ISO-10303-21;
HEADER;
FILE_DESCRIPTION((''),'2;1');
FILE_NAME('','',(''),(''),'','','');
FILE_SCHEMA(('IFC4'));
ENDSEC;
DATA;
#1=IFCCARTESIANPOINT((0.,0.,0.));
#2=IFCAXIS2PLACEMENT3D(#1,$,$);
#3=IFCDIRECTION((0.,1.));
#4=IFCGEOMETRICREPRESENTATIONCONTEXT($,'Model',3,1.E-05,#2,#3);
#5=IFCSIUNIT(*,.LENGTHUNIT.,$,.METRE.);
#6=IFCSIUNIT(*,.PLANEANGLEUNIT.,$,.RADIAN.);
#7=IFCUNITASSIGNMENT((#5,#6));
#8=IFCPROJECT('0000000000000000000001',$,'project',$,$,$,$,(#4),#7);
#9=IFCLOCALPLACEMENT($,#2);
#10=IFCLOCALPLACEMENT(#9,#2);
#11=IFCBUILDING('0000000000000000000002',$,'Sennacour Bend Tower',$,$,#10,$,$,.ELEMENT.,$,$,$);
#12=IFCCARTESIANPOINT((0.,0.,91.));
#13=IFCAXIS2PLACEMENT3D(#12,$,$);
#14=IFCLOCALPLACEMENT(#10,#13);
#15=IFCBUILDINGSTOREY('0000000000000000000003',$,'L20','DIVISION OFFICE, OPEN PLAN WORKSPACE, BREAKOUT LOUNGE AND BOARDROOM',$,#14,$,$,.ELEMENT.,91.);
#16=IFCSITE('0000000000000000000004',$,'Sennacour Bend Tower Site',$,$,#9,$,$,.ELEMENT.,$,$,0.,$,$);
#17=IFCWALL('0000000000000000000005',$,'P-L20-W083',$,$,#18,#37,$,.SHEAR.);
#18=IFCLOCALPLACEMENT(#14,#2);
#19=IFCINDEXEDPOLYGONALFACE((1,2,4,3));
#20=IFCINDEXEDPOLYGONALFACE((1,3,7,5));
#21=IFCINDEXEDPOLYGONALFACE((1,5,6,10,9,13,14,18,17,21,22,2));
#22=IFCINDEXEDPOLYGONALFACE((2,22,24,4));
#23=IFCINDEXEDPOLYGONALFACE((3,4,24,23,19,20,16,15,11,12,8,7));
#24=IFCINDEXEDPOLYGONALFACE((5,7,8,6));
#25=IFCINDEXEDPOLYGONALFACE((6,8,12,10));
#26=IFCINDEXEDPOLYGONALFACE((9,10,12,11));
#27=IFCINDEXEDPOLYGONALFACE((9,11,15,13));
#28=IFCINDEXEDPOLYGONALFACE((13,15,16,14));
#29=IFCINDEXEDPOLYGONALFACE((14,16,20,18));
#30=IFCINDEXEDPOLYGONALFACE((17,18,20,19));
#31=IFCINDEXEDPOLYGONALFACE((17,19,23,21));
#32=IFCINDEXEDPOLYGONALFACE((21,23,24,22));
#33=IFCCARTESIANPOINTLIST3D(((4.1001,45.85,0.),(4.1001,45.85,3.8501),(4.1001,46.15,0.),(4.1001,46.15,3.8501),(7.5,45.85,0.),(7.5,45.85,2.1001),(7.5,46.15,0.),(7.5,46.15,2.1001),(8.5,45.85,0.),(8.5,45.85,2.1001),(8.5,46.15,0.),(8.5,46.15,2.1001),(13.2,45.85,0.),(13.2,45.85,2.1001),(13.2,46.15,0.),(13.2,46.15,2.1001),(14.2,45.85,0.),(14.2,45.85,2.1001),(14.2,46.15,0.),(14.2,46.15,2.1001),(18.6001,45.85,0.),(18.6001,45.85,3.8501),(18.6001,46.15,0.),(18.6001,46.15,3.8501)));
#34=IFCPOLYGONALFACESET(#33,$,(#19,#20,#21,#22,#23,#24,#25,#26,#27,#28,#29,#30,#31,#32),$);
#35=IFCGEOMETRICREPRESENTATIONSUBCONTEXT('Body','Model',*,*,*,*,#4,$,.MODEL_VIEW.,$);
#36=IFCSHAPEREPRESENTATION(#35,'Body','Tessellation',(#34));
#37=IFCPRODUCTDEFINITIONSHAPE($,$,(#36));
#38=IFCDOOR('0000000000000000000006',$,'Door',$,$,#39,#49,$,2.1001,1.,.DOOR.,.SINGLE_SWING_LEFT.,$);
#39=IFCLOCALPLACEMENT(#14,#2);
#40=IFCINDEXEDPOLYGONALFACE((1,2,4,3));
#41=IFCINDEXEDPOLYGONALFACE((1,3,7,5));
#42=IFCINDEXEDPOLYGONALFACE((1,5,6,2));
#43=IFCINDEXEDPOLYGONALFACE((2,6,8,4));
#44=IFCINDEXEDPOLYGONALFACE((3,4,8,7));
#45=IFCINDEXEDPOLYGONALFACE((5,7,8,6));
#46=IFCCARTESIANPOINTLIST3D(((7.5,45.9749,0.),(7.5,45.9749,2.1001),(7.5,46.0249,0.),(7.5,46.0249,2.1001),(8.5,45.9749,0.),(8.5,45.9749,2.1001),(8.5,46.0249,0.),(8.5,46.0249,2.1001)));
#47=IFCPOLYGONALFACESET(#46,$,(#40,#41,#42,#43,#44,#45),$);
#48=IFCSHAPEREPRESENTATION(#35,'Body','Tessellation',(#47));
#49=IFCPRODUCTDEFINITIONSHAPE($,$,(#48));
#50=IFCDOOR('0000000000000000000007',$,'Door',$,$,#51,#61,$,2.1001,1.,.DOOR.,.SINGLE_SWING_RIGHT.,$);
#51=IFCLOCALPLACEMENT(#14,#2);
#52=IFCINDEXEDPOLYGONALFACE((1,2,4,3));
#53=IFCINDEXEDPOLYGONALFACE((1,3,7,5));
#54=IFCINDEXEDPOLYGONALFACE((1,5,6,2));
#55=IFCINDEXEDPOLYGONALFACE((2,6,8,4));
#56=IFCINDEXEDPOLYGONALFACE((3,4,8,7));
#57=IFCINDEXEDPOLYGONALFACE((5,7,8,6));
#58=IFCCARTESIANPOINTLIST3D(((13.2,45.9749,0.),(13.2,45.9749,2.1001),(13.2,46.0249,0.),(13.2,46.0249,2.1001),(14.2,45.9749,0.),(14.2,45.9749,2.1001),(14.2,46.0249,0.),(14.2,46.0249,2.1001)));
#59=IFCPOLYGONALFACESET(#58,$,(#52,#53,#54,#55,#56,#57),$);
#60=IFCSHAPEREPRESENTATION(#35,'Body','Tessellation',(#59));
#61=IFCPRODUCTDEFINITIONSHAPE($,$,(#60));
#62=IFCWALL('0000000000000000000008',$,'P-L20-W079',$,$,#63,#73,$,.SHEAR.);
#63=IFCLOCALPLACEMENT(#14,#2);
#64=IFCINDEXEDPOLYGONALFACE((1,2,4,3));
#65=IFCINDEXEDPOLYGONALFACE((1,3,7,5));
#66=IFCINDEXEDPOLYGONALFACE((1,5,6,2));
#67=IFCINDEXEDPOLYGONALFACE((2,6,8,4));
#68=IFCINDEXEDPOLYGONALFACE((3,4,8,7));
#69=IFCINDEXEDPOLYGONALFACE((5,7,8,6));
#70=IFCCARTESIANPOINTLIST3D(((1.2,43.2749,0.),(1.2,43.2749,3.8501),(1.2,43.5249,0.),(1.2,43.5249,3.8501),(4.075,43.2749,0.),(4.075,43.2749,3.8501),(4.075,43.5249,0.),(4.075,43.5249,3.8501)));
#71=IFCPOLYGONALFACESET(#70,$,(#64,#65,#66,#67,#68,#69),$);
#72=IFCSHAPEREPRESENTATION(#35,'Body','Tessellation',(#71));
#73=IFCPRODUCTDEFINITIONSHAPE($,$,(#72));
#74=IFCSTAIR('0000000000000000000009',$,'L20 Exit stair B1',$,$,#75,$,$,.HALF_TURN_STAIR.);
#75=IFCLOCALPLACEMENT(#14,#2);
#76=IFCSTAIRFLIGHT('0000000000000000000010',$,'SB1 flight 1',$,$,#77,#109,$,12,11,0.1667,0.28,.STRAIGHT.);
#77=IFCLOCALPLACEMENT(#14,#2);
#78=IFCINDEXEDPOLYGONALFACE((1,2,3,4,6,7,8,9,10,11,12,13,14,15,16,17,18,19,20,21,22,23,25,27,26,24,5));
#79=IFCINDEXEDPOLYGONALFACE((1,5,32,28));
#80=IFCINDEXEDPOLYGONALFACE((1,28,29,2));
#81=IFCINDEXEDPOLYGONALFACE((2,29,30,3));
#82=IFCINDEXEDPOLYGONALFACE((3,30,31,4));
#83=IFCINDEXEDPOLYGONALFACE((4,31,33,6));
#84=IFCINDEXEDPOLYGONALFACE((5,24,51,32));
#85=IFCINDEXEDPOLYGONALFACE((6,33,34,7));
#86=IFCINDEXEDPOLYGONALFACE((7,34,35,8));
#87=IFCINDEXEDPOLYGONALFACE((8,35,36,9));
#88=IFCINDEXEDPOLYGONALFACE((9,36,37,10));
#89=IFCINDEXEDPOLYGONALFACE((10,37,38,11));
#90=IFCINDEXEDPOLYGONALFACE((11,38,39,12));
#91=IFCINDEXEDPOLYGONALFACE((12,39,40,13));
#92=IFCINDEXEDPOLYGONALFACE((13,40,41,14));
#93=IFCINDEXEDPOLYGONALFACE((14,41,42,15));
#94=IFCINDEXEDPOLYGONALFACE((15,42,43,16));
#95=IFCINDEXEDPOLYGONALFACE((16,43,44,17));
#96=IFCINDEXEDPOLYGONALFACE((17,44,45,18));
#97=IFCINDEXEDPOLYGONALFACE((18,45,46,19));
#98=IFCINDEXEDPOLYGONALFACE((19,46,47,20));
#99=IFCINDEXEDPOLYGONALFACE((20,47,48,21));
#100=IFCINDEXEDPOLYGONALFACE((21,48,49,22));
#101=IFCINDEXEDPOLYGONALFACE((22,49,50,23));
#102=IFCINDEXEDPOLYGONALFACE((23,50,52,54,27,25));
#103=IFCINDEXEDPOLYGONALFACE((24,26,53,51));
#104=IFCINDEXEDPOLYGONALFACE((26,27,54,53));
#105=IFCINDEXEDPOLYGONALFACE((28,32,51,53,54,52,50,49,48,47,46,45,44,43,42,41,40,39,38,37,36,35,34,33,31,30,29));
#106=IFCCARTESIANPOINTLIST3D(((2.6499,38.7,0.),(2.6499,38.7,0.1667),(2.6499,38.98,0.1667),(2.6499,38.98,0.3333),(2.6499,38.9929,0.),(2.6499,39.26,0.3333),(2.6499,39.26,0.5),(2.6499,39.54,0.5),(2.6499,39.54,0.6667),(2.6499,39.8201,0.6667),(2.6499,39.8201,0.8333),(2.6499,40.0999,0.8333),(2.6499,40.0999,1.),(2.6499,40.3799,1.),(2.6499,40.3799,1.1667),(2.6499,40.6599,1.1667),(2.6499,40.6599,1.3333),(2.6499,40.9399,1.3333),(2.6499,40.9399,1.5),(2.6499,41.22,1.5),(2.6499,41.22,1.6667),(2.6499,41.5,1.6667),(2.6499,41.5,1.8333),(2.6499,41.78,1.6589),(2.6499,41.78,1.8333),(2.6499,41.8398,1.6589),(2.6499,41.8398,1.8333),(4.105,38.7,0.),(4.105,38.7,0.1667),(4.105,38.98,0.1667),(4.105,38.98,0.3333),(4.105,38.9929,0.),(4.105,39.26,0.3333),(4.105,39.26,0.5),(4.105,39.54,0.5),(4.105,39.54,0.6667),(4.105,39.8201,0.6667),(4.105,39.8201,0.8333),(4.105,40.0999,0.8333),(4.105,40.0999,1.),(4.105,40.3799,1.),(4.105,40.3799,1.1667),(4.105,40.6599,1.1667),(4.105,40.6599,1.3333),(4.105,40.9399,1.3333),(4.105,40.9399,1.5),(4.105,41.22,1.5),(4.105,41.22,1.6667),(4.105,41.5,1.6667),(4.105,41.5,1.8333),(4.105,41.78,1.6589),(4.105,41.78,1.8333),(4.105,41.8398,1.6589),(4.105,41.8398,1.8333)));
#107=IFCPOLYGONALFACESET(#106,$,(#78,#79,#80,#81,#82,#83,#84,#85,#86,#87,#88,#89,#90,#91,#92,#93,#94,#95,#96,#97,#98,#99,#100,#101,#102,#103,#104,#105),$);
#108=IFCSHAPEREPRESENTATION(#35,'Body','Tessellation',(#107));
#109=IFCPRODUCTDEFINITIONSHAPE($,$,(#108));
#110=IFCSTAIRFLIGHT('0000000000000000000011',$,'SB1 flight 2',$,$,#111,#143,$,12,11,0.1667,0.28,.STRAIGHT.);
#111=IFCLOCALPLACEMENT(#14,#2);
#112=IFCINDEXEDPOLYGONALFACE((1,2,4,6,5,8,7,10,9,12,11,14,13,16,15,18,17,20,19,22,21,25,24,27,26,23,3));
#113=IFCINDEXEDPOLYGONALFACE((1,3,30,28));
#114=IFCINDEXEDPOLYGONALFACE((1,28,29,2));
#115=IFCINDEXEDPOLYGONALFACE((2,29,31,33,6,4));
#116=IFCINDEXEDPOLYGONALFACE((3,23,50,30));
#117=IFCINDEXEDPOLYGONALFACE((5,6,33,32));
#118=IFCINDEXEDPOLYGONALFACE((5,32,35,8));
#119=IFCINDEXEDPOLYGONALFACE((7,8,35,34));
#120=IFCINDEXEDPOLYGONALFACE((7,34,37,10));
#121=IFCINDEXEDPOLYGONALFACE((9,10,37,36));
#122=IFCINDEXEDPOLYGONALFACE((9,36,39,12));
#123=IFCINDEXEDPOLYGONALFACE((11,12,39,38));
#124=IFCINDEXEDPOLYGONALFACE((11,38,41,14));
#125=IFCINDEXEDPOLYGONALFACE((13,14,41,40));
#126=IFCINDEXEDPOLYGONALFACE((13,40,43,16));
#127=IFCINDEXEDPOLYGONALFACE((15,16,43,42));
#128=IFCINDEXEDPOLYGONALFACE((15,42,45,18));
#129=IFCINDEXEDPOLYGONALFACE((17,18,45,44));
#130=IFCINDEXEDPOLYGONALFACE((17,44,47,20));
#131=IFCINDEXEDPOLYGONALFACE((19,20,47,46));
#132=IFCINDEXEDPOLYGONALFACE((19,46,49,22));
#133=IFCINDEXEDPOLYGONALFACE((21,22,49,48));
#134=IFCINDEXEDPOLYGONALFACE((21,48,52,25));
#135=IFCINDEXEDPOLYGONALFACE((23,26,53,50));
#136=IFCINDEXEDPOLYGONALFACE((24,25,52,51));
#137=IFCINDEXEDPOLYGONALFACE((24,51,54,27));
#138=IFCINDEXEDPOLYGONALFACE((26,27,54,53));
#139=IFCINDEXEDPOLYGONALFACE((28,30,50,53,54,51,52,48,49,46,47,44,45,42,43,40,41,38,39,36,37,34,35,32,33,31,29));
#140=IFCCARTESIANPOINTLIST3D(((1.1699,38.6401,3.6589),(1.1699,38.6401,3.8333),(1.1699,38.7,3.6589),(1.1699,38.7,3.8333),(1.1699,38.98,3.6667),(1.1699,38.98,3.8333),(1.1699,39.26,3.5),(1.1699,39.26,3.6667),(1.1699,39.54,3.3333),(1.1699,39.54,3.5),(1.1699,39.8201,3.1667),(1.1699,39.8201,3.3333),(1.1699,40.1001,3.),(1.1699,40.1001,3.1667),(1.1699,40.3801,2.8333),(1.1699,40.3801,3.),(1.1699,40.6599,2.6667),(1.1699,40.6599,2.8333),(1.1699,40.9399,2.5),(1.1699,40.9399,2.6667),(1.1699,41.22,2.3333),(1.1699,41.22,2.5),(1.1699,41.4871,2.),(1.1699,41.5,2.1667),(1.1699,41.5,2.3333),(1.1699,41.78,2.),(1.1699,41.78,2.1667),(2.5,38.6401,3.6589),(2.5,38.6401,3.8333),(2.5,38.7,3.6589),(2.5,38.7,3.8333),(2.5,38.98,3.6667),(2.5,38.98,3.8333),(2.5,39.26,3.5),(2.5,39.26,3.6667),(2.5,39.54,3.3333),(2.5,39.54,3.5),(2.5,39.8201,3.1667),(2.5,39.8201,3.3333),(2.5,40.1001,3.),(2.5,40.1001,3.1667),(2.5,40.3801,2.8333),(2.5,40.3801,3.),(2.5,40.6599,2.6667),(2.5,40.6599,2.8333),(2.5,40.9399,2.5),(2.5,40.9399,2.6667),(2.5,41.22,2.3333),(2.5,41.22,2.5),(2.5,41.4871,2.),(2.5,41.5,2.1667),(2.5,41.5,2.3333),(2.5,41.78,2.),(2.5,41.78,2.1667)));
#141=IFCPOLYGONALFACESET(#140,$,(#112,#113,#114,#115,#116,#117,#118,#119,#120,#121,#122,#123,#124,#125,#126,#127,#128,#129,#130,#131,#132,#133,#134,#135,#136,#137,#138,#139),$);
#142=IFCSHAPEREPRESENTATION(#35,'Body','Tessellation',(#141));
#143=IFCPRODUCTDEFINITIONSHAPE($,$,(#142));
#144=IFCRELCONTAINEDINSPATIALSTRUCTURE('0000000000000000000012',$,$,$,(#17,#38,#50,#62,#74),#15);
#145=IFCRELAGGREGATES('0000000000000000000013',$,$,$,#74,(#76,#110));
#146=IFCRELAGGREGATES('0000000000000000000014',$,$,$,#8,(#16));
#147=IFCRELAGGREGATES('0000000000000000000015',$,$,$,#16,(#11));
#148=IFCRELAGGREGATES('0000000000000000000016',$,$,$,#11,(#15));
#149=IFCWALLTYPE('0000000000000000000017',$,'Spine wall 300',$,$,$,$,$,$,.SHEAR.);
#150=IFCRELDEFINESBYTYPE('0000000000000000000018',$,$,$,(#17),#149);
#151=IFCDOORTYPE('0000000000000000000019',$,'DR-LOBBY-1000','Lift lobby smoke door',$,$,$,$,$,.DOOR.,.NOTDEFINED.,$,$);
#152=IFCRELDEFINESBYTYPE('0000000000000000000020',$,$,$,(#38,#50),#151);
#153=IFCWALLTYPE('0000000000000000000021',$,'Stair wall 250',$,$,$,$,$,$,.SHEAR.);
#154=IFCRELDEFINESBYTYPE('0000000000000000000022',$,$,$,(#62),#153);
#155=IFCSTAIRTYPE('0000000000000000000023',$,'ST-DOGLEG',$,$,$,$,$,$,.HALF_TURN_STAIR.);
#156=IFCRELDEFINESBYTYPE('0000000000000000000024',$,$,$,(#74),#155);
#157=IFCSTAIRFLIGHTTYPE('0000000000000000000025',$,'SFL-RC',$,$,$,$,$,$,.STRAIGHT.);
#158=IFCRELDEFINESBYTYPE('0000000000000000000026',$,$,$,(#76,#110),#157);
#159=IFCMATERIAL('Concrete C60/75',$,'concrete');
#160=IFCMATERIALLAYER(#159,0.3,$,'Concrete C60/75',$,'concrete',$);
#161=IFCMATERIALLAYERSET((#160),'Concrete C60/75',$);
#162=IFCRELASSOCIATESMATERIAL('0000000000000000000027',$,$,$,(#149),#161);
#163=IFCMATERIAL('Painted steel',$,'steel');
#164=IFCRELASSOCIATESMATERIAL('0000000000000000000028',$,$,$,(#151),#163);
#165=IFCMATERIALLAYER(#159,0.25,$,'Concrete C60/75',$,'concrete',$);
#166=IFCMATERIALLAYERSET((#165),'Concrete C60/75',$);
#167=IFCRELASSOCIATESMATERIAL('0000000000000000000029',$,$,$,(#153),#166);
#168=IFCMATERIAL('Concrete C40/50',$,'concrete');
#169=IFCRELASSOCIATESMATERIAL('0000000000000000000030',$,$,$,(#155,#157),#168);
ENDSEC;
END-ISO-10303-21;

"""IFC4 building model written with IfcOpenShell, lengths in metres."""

from ifc_helpers import new_model, si_unit, direction, frame, frame_2d, origin, place, context, subcontext, project, spatial, polyline, rectangle, outline, extrude, material, layer, layer_set, type_object, element, fill, aggregate, save


model = new_model("IFC4")

# Units and contexts
model_context = context("Model", 3, precision=1e-05, world=origin(), true_north=direction((0.0, 1.0)))
body_context = subcontext(model_context, "Body", "Model", "MODEL_VIEW")
ifc_project = project(units=[si_unit("LENGTHUNIT", "METRE"), si_unit("PLANEANGLEUNIT", "RADIAN")], contexts=[model_context])

# Site, building, storey
site_placement = place(None, origin())
site = spatial("IfcSite", under=ifc_project, at=site_placement, Name="Sennacour Bend Tower Site", CompositionType="ELEMENT", RefElevation=0.0)
building_placement = place(site_placement, origin())
building = spatial("IfcBuilding", under=site, at=building_placement, Name="Sennacour Bend Tower", CompositionType="ELEMENT")
storey_placement = place(building_placement, frame((0.0, 0.0, 91.0)))
storey = spatial("IfcBuildingStorey", under=building, at=storey_placement, Name="L20", Description="DIVISION OFFICE, OPEN PLAN WORKSPACE, BREAKOUT LOUNGE AND BOARDROOM", CompositionType="ELEMENT", Elevation=91.0)

# Shared definitions
ifc_material_1 = material(Name="Painted steel", Category="steel")

# Wall, openings, doors
ifc_material_2 = material(Name="Concrete C60/75", Category="concrete")
ifc_layer_1 = layer(ifc_material_2, 0.3, Name="Concrete C60/75", Category="concrete")
ifc_layer_set_1 = layer_set([ifc_layer_1], Name="Concrete C60/75")
wall_type_1 = type_object("IfcWallType", Name="Spine wall 300", PredefinedType="SHEAR", material=ifc_layer_set_1)
wall_1_placement = place(storey_placement, frame((4.1001, 46.0, 0.0), z_axis=(0.0, 0.0, 1.0), x_axis=(1.0, 0.0, 0.0)))
wall_1 = element("IfcWall", 1, at=wall_1_placement, inside=storey, type_object=wall_type_1, Name="P-L20-W083", PredefinedType="SHEAR", context=body_context, shape_type="SweptSolid", body=[
    extrude(rectangle(XDim=14.5, YDim=0.3, at=frame_2d((7.25, 0.0))), origin(), (0.0, 0.0, 1.0), 3.8501),
])
opening_1_placement = place(wall_1_placement, frame((3.3999, 0.0, 0.0)))
opening_1 = element("IfcOpeningElement", 2, at=opening_1_placement, cuts=wall_1, PredefinedType="OPENING", context=body_context, shape_type="SweptSolid", body=[
    extrude(rectangle(XDim=1.0, YDim=2.1001, at=frame_2d((0.5, 1.05))), frame((0.0, 0.1602, 0.0), z_axis=(0.0, -1.0, 0.0), x_axis=(1.0, 0.0, 0.0)), (0.0, 0.0, 1.0), 0.3201),
])
opening_2_placement = place(wall_1_placement, frame((9.0999, 0.0, 0.0)))
opening_2 = element("IfcOpeningElement", 3, at=opening_2_placement, cuts=wall_1, PredefinedType="OPENING", context=body_context, shape_type="SweptSolid", body=[
    extrude(rectangle(XDim=1.0, YDim=2.1001, at=frame_2d((0.5, 1.05))), frame((0.0, 0.1602, 0.0), z_axis=(0.0, -1.0, 0.0), x_axis=(1.0, 0.0, 0.0)), (0.0, 0.0, 1.0), 0.3201),
])
door_type_1 = type_object("IfcDoorType", Name="DR-LOBBY-1000", Description="Lift lobby smoke door", OperationType="NOTDEFINED", PredefinedType="DOOR", material=ifc_material_1)
door_1_placement = place(opening_1_placement, origin())
door_1 = element("IfcDoor", 4, at=door_1_placement, inside=storey, type_object=door_type_1, Name="Door", OperationType="SINGLE_SWING_LEFT", OverallHeight=2.1001, OverallWidth=1.0, PredefinedType="DOOR", context=body_context, shape_type="SweptSolid", body=[
    extrude(rectangle(XDim=1.0, YDim=2.1001, at=frame_2d((0.5, 1.05))), frame((0.0, 0.0249, 0.0), z_axis=(0.0, -1.0, 0.0), x_axis=(1.0, 0.0, 0.0)), (0.0, 0.0, 1.0), 0.05),
])
fill(opening_1, door_1)
door_2_placement = place(opening_2_placement, origin())
door_2 = element("IfcDoor", 5, at=door_2_placement, inside=storey, type_object=door_type_1, Name="Door", OperationType="SINGLE_SWING_RIGHT", OverallHeight=2.1001, OverallWidth=1.0, PredefinedType="DOOR", context=body_context, shape_type="SweptSolid", body=[
    extrude(rectangle(XDim=1.0, YDim=2.1001, at=frame_2d((0.5, 1.05))), frame((0.0, 0.0249, 0.0), z_axis=(0.0, -1.0, 0.0), x_axis=(1.0, 0.0, 0.0)), (0.0, 0.0, 1.0), 0.05),
])
fill(opening_2, door_2)

# Wall
ifc_layer_2 = layer(ifc_material_2, 0.25, Name="Concrete C60/75", Category="concrete")
ifc_layer_set_2 = layer_set([ifc_layer_2], Name="Concrete C60/75")
wall_type_2 = type_object("IfcWallType", Name="Stair wall 250", PredefinedType="SHEAR", material=ifc_layer_set_2)
wall_2_placement = place(storey_placement, frame((1.2, 43.3999, 0.0), z_axis=(0.0, 0.0, 1.0), x_axis=(1.0, 0.0, 0.0)))
element("IfcWall", 6, at=wall_2_placement, inside=storey, type_object=wall_type_2, Name="P-L20-W079", PredefinedType="SHEAR", context=body_context, shape_type="SweptSolid", body=[
    extrude(rectangle(XDim=2.875, YDim=0.25, at=frame_2d((1.4375, 0.0))), origin(), (0.0, 0.0, 1.0), 3.8501),
])

# Stair, stair flights
ifc_material_3 = material(Name="Concrete C40/50", Category="concrete")
stair_type = type_object("IfcStairType", Name="ST-DOGLEG", PredefinedType="HALF_TURN_STAIR", material=ifc_material_3)
stair_placement = place(storey_placement, origin())
stair = element("IfcStair", 7, at=stair_placement, inside=storey, type_object=stair_type, Name="L20 Exit stair B1", PredefinedType="HALF_TURN_STAIR")
stair_flight_type = type_object("IfcStairFlightType", Name="SFL-RC", PredefinedType="STRAIGHT", material=ifc_material_3)
stair_flight_1_placement = place(storey_placement, frame((3.3774, 38.7, 0.0), z_axis=(0.0, 0.0, 1.0), x_axis=(0.0, 1.0, 0.0)))
stair_flight_1 = element("IfcStairFlight", 8, at=stair_flight_1_placement, type_object=stair_flight_type, Name="SB1 flight 1", NumberOfRisers=12, NumberOfTreads=11, PredefinedType="STRAIGHT", RiserHeight=0.1667, TreadLength=0.28, context=body_context, shape_type="SweptSolid", body=[
    extrude(outline(polyline([(0.0, 0.0), (0.0, 0.1667), (0.28, 0.1667), (0.28, 0.3333), (0.5601, 0.3333), (0.5601, 0.5), (0.8401, 0.5), (0.8401, 0.6667), (1.1201, 0.6667), (1.1201, 0.8333), (1.3999, 0.8333), (1.3999, 1.0), (1.6799, 1.0), (1.6799, 1.1667), (1.96, 1.1667), (1.96, 1.3333), (2.24, 1.3333), (2.24, 1.5), (2.52, 1.5), (2.52, 1.6667), (2.8, 1.6667), (2.8, 1.8333), (3.0801, 1.8333), (3.1399, 1.8333), (3.1399, 1.6589), (3.0801, 1.6589), (0.293, 0.0), (0.0, 0.0)])), frame((0.0, 0.7275, 0.0), z_axis=(0.0, -1.0, 0.0), x_axis=(1.0, 0.0, 0.0)), (0.0, 0.0, 1.0), 1.4551),
])
stair_flight_2_placement = place(storey_placement, frame((1.835, 41.78, 2.0), z_axis=(0.0, 0.0, 1.0), x_axis=(0.0, -1.0, 0.0)))
stair_flight_2 = element("IfcStairFlight", 9, at=stair_flight_2_placement, type_object=stair_flight_type, Name="SB1 flight 2", NumberOfRisers=12, NumberOfTreads=11, PredefinedType="STRAIGHT", RiserHeight=0.1667, TreadLength=0.28, context=body_context, shape_type="SweptSolid", body=[
    extrude(outline(polyline([(0.0, 0.0), (0.0, 0.1667), (0.28, 0.1667), (0.28, 0.3333), (0.5601, 0.3333), (0.5601, 0.5), (0.8401, 0.5), (0.8401, 0.6667), (1.1201, 0.6667), (1.1201, 0.8333), (1.3999, 0.8333), (1.3999, 1.0), (1.6799, 1.0), (1.6799, 1.1667), (1.96, 1.1667), (1.96, 1.3333), (2.24, 1.3333), (2.24, 1.5), (2.52, 1.5), (2.52, 1.6667), (2.8, 1.6667), (2.8, 1.8333), (3.0801, 1.8333), (3.1399, 1.8333), (3.1399, 1.6589), (3.0801, 1.6589), (0.293, 0.0), (0.0, 0.0)])), frame((0.0, 0.665, 0.0), z_axis=(0.0, -1.0, 0.0), x_axis=(1.0, 0.0, 0.0)), (0.0, 0.0, 1.0), 1.3301),
])
aggregate(stair, [stair_flight_1, stair_flight_2])

save(model, "model.ifc")
